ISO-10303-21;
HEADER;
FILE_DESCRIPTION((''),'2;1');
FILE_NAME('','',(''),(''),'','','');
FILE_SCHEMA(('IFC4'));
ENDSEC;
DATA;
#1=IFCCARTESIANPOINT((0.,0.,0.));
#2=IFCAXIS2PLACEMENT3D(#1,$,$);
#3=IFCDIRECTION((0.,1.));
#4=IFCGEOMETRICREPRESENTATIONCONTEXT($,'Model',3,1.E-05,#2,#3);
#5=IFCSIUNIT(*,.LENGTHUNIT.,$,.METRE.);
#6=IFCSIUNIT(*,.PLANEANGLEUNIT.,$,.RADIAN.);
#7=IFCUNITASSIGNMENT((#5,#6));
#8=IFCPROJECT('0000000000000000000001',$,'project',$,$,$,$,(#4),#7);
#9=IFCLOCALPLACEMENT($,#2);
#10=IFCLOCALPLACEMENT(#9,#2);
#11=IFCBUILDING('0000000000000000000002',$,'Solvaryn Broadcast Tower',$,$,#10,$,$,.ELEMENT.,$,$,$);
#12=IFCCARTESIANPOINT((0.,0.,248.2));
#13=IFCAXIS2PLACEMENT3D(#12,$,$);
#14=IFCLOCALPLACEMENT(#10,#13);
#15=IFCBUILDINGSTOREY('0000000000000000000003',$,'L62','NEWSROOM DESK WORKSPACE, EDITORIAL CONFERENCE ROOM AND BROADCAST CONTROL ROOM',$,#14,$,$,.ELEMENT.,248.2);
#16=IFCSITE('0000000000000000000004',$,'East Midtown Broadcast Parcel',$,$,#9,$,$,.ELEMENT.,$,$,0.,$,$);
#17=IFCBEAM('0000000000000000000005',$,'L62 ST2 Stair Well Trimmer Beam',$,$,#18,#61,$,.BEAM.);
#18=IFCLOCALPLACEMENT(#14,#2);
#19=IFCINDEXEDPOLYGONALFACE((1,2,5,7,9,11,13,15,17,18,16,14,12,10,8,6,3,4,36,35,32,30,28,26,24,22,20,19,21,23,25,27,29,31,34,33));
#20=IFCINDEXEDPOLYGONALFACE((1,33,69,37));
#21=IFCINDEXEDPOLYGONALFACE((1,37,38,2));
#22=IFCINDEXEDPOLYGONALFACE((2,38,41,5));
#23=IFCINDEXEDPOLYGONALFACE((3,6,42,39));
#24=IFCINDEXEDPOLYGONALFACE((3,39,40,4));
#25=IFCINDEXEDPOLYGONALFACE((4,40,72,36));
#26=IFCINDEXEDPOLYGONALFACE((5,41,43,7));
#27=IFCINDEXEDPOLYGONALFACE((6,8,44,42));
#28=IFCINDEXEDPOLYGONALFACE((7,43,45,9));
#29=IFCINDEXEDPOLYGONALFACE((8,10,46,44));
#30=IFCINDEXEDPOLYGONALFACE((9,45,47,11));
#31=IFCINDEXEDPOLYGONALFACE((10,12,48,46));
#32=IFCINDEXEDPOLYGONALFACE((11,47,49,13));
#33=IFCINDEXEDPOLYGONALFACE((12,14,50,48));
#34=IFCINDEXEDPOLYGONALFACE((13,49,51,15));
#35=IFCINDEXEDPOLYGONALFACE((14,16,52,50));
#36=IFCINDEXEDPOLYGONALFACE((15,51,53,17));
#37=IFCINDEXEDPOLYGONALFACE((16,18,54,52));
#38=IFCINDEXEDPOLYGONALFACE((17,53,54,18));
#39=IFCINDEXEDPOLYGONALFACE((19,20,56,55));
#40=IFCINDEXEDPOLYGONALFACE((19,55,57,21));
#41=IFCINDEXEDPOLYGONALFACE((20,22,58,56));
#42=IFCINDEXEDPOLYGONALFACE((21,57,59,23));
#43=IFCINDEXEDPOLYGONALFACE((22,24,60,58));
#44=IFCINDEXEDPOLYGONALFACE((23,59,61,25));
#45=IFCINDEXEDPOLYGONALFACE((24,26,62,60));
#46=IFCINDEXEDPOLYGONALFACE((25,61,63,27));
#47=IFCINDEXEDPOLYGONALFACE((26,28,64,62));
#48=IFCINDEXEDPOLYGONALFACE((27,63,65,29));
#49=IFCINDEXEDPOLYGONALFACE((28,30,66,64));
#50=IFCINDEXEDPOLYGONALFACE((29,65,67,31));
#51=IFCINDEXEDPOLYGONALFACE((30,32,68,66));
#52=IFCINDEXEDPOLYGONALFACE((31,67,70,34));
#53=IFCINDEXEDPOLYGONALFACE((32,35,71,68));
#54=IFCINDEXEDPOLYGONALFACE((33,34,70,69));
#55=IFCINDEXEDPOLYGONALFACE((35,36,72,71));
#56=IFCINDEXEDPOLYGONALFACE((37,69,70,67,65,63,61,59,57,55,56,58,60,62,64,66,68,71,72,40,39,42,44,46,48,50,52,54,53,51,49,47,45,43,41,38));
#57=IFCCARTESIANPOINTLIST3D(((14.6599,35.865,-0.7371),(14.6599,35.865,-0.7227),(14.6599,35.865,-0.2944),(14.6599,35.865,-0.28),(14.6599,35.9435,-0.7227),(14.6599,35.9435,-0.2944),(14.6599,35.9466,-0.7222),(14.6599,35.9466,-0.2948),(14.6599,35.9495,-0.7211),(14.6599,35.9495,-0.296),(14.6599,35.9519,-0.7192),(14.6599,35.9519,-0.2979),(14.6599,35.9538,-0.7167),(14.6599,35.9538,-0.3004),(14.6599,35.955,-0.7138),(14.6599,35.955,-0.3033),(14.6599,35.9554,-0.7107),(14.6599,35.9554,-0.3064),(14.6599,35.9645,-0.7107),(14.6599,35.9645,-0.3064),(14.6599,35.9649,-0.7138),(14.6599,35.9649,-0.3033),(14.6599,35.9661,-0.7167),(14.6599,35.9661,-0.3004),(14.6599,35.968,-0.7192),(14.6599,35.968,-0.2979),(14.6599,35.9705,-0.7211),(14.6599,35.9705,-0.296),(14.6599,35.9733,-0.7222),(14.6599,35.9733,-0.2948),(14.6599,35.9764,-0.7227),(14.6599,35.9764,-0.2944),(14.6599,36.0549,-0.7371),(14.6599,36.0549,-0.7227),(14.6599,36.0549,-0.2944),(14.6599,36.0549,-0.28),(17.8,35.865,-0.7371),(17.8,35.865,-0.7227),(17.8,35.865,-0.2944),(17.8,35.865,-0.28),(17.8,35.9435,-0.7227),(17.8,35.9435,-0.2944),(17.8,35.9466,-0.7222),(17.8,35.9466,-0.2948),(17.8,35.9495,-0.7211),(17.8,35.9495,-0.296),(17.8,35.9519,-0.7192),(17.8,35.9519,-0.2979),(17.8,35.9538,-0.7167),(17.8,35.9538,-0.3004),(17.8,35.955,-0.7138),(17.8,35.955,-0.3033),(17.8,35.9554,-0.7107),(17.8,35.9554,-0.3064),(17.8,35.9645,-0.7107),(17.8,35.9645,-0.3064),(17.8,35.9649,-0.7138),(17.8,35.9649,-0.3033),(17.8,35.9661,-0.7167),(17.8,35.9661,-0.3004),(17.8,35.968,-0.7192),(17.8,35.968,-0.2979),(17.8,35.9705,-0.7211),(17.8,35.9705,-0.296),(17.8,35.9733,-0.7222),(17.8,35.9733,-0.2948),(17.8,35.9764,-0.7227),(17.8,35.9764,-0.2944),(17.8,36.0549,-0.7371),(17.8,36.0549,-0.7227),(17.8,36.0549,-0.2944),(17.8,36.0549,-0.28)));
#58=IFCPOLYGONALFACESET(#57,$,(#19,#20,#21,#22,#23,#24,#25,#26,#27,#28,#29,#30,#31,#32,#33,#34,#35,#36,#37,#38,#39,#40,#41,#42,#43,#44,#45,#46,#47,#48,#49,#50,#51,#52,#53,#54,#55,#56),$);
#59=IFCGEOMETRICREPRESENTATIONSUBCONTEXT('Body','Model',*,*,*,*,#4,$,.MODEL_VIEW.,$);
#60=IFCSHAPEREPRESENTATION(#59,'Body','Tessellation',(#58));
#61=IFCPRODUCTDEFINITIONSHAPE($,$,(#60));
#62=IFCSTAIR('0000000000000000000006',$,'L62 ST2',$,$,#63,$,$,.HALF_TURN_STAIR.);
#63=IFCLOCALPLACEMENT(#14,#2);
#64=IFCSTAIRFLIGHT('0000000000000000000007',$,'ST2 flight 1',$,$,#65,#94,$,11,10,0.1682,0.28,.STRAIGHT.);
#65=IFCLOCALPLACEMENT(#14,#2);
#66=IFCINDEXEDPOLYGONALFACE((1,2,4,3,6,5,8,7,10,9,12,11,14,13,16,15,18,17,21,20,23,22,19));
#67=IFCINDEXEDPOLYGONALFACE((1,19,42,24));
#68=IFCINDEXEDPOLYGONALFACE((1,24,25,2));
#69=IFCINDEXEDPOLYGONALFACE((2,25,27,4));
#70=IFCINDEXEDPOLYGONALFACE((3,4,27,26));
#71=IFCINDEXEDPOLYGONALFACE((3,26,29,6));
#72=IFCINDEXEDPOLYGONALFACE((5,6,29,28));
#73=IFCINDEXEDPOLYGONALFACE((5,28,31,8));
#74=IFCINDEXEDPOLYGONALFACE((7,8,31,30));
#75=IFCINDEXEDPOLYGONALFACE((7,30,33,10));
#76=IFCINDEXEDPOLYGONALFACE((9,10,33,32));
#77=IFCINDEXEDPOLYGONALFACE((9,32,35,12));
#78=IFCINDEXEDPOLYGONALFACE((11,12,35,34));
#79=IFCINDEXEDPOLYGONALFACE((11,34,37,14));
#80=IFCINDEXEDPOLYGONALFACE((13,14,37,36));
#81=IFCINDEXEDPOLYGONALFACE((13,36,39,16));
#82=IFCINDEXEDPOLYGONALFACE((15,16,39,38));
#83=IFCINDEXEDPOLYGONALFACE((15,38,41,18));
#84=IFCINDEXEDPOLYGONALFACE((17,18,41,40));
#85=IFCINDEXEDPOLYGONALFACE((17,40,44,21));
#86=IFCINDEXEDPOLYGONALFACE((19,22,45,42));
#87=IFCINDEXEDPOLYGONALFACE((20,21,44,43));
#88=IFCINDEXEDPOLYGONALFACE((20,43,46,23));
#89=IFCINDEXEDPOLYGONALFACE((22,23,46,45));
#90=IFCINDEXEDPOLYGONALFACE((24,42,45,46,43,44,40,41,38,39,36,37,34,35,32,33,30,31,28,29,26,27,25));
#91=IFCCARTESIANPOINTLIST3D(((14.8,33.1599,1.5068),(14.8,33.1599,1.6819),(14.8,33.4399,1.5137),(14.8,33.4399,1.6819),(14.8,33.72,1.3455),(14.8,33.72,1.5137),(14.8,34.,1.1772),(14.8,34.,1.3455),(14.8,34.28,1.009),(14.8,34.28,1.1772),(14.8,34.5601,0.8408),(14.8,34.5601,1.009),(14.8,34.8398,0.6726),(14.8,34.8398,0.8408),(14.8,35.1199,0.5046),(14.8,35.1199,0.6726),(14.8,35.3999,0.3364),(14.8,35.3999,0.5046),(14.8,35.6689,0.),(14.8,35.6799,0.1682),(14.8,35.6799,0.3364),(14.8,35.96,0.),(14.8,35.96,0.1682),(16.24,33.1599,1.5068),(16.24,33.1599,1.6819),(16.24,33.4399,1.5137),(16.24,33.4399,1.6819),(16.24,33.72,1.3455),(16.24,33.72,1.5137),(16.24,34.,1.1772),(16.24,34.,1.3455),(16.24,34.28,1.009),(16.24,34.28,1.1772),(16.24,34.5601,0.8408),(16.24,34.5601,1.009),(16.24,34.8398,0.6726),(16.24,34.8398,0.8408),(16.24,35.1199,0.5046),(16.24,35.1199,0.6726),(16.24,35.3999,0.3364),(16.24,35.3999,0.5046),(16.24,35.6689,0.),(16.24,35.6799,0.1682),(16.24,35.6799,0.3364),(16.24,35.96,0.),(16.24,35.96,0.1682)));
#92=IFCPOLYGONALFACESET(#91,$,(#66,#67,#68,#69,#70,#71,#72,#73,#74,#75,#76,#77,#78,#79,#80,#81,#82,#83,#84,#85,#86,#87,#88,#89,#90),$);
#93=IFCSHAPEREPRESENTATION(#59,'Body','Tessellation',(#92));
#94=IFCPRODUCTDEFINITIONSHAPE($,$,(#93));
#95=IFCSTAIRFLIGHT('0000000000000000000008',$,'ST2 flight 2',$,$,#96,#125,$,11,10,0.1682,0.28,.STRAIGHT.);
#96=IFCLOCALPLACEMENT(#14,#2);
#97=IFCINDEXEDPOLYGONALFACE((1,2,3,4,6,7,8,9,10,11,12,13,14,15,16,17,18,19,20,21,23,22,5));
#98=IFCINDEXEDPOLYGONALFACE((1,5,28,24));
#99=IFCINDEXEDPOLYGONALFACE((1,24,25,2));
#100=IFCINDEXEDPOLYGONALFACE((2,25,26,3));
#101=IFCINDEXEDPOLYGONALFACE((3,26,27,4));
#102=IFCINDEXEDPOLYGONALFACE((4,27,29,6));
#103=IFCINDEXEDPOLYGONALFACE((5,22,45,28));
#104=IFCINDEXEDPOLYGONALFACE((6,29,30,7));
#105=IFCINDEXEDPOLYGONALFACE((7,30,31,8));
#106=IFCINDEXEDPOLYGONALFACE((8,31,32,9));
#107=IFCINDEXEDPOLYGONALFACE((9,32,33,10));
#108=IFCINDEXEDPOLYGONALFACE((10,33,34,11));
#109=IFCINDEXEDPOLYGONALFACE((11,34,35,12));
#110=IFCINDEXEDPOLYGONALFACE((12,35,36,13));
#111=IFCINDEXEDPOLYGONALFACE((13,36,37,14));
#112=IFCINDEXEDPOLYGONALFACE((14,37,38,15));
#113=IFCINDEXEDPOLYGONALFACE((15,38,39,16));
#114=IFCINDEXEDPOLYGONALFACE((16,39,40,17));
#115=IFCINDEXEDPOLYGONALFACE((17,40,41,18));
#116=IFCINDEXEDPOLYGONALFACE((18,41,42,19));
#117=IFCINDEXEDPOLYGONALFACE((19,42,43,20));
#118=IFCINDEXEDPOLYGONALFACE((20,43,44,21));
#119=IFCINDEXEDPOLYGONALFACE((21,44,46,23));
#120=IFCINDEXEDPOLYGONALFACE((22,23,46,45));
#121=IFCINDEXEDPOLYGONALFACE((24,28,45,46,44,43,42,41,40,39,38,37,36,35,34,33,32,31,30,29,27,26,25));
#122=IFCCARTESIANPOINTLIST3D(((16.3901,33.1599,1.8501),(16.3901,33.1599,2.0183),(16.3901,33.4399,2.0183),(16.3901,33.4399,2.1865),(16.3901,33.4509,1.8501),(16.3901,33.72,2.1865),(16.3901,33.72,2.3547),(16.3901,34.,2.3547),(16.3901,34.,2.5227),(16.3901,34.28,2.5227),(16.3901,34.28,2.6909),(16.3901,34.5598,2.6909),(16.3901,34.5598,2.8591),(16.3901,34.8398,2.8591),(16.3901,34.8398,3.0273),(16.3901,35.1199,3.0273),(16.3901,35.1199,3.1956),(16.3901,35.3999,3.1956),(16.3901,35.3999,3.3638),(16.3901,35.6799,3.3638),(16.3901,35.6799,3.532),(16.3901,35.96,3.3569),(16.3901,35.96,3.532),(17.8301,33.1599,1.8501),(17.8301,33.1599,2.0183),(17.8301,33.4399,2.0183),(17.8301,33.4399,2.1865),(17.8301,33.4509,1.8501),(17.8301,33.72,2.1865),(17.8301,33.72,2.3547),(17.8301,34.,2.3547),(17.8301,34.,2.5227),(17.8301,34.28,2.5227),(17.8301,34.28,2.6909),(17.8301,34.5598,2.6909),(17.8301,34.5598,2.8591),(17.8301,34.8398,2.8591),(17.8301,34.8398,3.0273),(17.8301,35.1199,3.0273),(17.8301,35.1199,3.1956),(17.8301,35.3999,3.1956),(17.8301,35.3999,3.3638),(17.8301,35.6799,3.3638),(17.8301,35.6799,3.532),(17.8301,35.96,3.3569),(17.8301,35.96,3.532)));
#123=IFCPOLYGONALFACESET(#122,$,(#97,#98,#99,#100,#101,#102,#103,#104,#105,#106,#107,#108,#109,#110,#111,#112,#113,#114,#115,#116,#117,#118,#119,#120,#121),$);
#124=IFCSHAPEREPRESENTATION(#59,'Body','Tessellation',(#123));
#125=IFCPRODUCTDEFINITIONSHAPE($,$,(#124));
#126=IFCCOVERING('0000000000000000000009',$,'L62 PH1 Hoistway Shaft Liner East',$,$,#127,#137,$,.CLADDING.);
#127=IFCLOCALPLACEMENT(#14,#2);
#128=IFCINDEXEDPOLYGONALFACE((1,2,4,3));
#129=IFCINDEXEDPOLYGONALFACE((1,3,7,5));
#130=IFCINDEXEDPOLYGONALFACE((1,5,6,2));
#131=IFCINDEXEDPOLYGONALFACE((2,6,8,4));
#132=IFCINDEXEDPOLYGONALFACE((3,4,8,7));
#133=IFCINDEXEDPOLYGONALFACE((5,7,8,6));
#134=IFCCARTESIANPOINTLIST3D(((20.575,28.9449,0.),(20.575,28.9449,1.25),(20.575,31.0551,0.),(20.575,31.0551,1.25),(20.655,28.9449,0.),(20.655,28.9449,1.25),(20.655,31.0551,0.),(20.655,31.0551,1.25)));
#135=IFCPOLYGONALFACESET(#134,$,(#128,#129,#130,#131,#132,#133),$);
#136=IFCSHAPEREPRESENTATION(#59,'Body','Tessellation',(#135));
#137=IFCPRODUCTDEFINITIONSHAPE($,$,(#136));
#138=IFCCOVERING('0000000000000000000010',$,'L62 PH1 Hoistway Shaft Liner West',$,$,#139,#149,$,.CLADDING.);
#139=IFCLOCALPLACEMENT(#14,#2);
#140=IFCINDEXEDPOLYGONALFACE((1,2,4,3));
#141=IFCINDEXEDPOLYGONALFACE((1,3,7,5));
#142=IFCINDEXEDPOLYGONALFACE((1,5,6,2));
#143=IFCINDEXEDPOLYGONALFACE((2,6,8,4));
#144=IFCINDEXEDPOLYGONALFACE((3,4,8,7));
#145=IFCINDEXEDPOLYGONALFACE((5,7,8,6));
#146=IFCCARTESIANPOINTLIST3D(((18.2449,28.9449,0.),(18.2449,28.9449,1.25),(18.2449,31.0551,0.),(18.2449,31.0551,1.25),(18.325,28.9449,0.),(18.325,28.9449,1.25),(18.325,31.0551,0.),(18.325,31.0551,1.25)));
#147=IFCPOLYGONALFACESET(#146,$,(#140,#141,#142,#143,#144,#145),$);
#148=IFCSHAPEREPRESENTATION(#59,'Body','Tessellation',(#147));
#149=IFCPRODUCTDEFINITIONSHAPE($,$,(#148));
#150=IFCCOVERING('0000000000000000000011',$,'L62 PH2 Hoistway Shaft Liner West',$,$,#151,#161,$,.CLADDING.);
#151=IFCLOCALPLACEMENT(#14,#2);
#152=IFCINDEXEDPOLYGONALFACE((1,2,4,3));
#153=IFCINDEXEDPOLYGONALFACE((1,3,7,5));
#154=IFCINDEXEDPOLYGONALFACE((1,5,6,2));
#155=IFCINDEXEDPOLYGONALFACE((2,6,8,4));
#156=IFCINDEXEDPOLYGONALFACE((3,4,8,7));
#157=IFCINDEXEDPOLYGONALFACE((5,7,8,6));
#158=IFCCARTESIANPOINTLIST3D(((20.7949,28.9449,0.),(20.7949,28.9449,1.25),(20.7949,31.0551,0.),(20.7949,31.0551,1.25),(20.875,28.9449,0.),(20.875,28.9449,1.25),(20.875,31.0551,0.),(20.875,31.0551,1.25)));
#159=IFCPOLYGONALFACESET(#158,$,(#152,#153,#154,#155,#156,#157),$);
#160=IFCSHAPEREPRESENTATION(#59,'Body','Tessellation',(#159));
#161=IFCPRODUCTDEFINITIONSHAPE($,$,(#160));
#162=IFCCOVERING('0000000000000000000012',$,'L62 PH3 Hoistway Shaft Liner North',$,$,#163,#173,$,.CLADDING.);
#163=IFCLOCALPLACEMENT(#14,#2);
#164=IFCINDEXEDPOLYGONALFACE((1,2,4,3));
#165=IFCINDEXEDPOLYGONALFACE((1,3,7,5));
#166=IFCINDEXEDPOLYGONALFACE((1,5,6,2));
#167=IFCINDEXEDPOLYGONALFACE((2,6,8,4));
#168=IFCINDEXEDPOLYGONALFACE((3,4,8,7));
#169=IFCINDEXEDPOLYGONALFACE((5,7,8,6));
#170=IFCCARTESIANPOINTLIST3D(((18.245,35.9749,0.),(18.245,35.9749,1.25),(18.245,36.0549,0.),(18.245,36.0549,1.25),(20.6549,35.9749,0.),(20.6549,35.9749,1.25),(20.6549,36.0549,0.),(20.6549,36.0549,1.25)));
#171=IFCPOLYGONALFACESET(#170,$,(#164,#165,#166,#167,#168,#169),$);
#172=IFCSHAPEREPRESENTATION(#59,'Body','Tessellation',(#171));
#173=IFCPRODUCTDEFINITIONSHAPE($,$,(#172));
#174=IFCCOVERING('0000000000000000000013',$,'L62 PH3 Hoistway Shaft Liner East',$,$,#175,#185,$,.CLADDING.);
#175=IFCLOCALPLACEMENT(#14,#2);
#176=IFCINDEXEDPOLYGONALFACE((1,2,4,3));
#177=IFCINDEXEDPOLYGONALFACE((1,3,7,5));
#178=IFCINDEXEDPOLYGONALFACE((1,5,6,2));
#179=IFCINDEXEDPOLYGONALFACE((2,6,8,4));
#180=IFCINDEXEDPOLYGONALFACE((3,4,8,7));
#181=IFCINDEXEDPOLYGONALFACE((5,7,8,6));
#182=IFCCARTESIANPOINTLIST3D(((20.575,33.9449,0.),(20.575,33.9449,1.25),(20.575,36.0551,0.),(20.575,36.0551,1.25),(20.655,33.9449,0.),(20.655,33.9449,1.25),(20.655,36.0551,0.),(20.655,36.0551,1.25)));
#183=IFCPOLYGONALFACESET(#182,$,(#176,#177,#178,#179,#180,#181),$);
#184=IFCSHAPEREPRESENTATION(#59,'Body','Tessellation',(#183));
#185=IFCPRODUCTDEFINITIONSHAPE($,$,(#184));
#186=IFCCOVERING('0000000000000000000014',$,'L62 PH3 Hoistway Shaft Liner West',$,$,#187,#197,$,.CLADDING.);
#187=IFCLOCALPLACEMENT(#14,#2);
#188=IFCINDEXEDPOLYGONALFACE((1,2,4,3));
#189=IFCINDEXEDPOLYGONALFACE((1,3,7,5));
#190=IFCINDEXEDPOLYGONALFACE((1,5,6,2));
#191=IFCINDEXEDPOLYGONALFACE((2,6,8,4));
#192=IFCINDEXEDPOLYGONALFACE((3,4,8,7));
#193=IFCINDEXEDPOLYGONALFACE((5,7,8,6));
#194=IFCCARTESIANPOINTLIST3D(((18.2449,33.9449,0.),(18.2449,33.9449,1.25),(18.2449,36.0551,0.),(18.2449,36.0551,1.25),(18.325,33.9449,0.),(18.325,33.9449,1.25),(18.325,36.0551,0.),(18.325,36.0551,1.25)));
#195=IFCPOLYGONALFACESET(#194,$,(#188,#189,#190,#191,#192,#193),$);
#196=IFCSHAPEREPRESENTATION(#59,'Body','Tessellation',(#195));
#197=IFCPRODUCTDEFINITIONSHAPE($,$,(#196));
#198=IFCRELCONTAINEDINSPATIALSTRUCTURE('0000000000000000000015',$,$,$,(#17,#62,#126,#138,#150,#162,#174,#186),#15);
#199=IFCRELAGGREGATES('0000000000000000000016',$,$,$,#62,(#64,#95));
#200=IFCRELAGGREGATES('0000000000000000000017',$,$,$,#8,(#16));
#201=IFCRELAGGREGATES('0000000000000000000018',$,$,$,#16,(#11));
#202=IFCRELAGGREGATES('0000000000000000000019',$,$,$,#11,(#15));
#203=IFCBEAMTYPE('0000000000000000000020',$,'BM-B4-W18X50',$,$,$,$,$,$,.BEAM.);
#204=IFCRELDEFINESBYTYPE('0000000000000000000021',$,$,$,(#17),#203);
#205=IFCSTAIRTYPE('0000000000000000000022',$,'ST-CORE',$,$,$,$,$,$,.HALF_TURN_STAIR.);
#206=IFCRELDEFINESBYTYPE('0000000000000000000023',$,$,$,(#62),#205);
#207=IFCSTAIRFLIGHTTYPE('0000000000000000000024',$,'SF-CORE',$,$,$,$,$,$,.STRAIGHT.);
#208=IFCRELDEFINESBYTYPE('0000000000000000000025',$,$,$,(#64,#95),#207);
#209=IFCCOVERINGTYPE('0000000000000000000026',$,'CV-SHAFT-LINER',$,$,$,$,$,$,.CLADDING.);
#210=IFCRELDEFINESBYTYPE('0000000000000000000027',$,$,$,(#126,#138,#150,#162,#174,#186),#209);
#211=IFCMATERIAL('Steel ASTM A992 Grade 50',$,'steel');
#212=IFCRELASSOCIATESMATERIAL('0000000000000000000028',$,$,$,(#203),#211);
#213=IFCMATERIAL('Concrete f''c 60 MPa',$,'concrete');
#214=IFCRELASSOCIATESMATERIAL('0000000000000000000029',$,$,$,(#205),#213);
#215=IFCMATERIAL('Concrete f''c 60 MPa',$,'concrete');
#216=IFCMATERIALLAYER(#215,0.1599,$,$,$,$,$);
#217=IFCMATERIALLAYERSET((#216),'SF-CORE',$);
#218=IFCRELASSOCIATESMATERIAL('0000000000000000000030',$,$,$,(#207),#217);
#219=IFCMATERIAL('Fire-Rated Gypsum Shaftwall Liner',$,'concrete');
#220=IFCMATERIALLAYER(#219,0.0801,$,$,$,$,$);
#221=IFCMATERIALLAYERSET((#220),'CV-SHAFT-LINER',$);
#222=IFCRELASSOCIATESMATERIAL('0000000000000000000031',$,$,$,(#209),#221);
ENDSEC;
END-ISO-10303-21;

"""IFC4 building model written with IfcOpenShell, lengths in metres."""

from ifc_helpers import new_model, si_unit, direction, frame, origin, origin_2d, place, context, subcontext, project, spatial, polyline, rectangle, i_section, outline, extrude, material, layer, layer_set, material_profile, profile_set, type_object, element, aggregate, save


model = new_model("IFC4")

# Units and contexts
model_context = context("Model", 3, precision=1e-05, world=origin(), true_north=direction((0.0, 1.0)))
body_context = subcontext(model_context, "Body", "Model", "MODEL_VIEW")
ifc_project = project(units=[si_unit("LENGTHUNIT", "METRE"), si_unit("PLANEANGLEUNIT", "RADIAN")], contexts=[model_context])

# Site, building, storey
site_placement = place(None, origin())
site = spatial("IfcSite", under=ifc_project, at=site_placement, Name="East Midtown Broadcast Parcel", CompositionType="ELEMENT", RefElevation=0.0)
building_placement = place(site_placement, origin())
building = spatial("IfcBuilding", under=site, at=building_placement, Name="Solvaryn Broadcast Tower", CompositionType="ELEMENT")
storey_placement = place(building_placement, frame((0.0, 0.0, 248.2)))
storey = spatial("IfcBuildingStorey", under=building, at=storey_placement, Name="L62", Description="NEWSROOM DESK WORKSPACE, EDITORIAL CONFERENCE ROOM AND BROADCAST CONTROL ROOM", CompositionType="ELEMENT", Elevation=248.2)

# Beam
ifc_material_1 = material(Name="Steel ASTM A992 Grade 50", Category="steel")
ifc_material_profile = material_profile(ifc_material_1, i_section(OverallWidth=0.1899, OverallDepth=0.457, WebThickness=0.009, FlangeThickness=0.0144, FilletRadius=0.012, at=origin_2d()))
ifc_profile_set = profile_set([ifc_material_profile], Name="Steel ASTM A992 Grade 50")
beam_type = type_object("IfcBeamType", Name="BM-B4-W18X50", PredefinedType="BEAM", material=ifc_profile_set)
beam_placement = place(storey_placement, frame((14.6599, 35.96, -0.5085), z_axis=(1.0, 0.0, 0.0), x_axis=(0.0, 1.0, 0.0)))
element("IfcBeam", 1, at=beam_placement, inside=storey, type_object=beam_type, Name="L62 ST2 Stair Well Trimmer Beam", PredefinedType="BEAM", context=body_context, shape_type="SweptSolid", body=[
    extrude(i_section(OverallWidth=0.1899, OverallDepth=0.457, WebThickness=0.009, FlangeThickness=0.0144, FilletRadius=0.012, at=origin_2d()), origin(), (0.0, 0.0, 1.0), 3.1401),
])

# Stair, stair flights
ifc_material_2 = material(Name="Concrete f'c 60 MPa", Category="concrete")
stair_type = type_object("IfcStairType", Name="ST-CORE", PredefinedType="HALF_TURN_STAIR", material=ifc_material_2)
stair_placement = place(storey_placement, origin())
stair = element("IfcStair", 2, at=stair_placement, inside=storey, type_object=stair_type, Name="L62 ST2", PredefinedType="HALF_TURN_STAIR")
ifc_material_3 = material(Name="Concrete f'c 60 MPa", Category="concrete")
ifc_layer_1 = layer(ifc_material_3, 0.1599)
ifc_layer_set_1 = layer_set([ifc_layer_1], Name="SF-CORE")
stair_flight_type = type_object("IfcStairFlightType", Name="SF-CORE", PredefinedType="STRAIGHT", material=ifc_layer_set_1)
stair_flight_1_placement = place(storey_placement, frame((15.52, 35.96, 0.0), z_axis=(0.0, 0.0, 1.0), x_axis=(0.0, -1.0, 0.0)))
stair_flight_1 = element("IfcStairFlight", 3, at=stair_flight_1_placement, type_object=stair_flight_type, Name="ST2 flight 1", NumberOfRisers=11, NumberOfTreads=10, PredefinedType="STRAIGHT", RiserHeight=0.1682, TreadLength=0.28, context=body_context, shape_type="SweptSolid", body=[
    extrude(outline(polyline([(0.0, 0.0), (0.0, 0.1682), (0.28, 0.1682), (0.28, 0.3364), (0.5601, 0.3364), (0.5601, 0.5046), (0.8401, 0.5046), (0.8401, 0.6726), (1.1201, 0.6726), (1.1201, 0.8408), (1.3999, 0.8408), (1.3999, 1.009), (1.6799, 1.009), (1.6799, 1.1772), (1.96, 1.1772), (1.96, 1.3455), (2.24, 1.3455), (2.24, 1.5137), (2.52, 1.5137), (2.52, 1.6819), (2.8, 1.6819), (2.8, 1.8501), (2.8, 1.5068), (0.291, 0.0), (0.0, 0.0)])), frame((0.0, 0.72, 0.0), z_axis=(0.0, -1.0, 0.0), x_axis=(1.0, 0.0, 0.0)), (0.0, 0.0, 1.0), 1.4399),
])
stair_flight_2_placement = place(storey_placement, frame((17.1101, 33.1599, 1.8501), z_axis=(0.0, 0.0, 1.0), x_axis=(0.0, 1.0, 0.0)))
stair_flight_2 = element("IfcStairFlight", 4, at=stair_flight_2_placement, type_object=stair_flight_type, Name="ST2 flight 2", NumberOfRisers=11, NumberOfTreads=10, PredefinedType="STRAIGHT", RiserHeight=0.1682, TreadLength=0.28, context=body_context, shape_type="SweptSolid", body=[
    extrude(outline(polyline([(0.0, 0.0), (0.0, 0.1682), (0.28, 0.1682), (0.28, 0.3364), (0.5601, 0.3364), (0.5601, 0.5046), (0.8401, 0.5046), (0.8401, 0.6726), (1.1201, 0.6726), (1.1201, 0.8408), (1.3999, 0.8408), (1.3999, 1.009), (1.6799, 1.009), (1.6799, 1.1772), (1.96, 1.1772), (1.96, 1.3455), (2.24, 1.3455), (2.24, 1.5137), (2.52, 1.5137), (2.52, 1.6819), (2.8, 1.6819), (2.8, 1.8501), (2.8, 1.5068), (0.291, 0.0), (0.0, 0.0)])), frame((0.0, 0.72, 0.0), z_axis=(0.0, -1.0, 0.0), x_axis=(1.0, 0.0, 0.0)), (0.0, 0.0, 1.0), 1.4399),
])
aggregate(stair, [stair_flight_1, stair_flight_2])

# Coverings
ifc_material_4 = material(Name="Fire-Rated Gypsum Shaftwall Liner", Category="concrete")
ifc_layer_2 = layer(ifc_material_4, 0.0801)
ifc_layer_set_2 = layer_set([ifc_layer_2], Name="CV-SHAFT-LINER")
covering_type = type_object("IfcCoveringType", Name="CV-SHAFT-LINER", PredefinedType="CLADDING", material=ifc_layer_set_2)
for number, where, z_axis, x_axis, name in (
    (5, (20.615, 30.0, 0.0), (0.0, 0.0, 1.0), (1.0, 0.0, 0.0), "L62 PH1 Hoistway Shaft Liner East"),
    (6, (18.2849, 30.0, 0.0), (0.0, 0.0, 1.0), (1.0, 0.0, 0.0), "L62 PH1 Hoistway Shaft Liner West"),
    (7, (20.835, 30.0, 0.0), (0.0, 0.0, 1.0), (1.0, 0.0, 0.0), "L62 PH2 Hoistway Shaft Liner West"),
):
    element("IfcCovering", number, at=place(storey_placement, frame(where, z_axis=z_axis, x_axis=x_axis)), inside=storey, type_object=covering_type, Name=name, PredefinedType="CLADDING", context=body_context, shape_type="SweptSolid", body=[
        extrude(rectangle(XDim=0.0801, YDim=2.1101, at=origin_2d()), origin(), (0.0, 0.0, 1.0), 1.25),
    ])
covering_placement = place(storey_placement, frame((19.45, 36.0149, 0.0), z_axis=(0.0, 0.0, 1.0), x_axis=(1.0, 0.0, 0.0)))
element("IfcCovering", 8, at=covering_placement, inside=storey, type_object=covering_type, Name="L62 PH3 Hoistway Shaft Liner North", PredefinedType="CLADDING", context=body_context, shape_type="SweptSolid", body=[
    extrude(rectangle(XDim=2.4099, YDim=0.0801, at=origin_2d()), origin(), (0.0, 0.0, 1.0), 1.25),
])
for number, where, z_axis, x_axis, name in (
    (9, (20.615, 35.0, 0.0), (0.0, 0.0, 1.0), (1.0, 0.0, 0.0), "L62 PH3 Hoistway Shaft Liner East"),
    (10, (18.2849, 35.0, 0.0), (0.0, 0.0, 1.0), (1.0, 0.0, 0.0), "L62 PH3 Hoistway Shaft Liner West"),
):
    element("IfcCovering", number, at=place(storey_placement, frame(where, z_axis=z_axis, x_axis=x_axis)), inside=storey, type_object=covering_type, Name=name, PredefinedType="CLADDING", context=body_context, shape_type="SweptSolid", body=[
        extrude(rectangle(XDim=0.0801, YDim=2.1101, at=origin_2d()), origin(), (0.0, 0.0, 1.0), 1.25),
    ])

save(model, "model.ifc")
